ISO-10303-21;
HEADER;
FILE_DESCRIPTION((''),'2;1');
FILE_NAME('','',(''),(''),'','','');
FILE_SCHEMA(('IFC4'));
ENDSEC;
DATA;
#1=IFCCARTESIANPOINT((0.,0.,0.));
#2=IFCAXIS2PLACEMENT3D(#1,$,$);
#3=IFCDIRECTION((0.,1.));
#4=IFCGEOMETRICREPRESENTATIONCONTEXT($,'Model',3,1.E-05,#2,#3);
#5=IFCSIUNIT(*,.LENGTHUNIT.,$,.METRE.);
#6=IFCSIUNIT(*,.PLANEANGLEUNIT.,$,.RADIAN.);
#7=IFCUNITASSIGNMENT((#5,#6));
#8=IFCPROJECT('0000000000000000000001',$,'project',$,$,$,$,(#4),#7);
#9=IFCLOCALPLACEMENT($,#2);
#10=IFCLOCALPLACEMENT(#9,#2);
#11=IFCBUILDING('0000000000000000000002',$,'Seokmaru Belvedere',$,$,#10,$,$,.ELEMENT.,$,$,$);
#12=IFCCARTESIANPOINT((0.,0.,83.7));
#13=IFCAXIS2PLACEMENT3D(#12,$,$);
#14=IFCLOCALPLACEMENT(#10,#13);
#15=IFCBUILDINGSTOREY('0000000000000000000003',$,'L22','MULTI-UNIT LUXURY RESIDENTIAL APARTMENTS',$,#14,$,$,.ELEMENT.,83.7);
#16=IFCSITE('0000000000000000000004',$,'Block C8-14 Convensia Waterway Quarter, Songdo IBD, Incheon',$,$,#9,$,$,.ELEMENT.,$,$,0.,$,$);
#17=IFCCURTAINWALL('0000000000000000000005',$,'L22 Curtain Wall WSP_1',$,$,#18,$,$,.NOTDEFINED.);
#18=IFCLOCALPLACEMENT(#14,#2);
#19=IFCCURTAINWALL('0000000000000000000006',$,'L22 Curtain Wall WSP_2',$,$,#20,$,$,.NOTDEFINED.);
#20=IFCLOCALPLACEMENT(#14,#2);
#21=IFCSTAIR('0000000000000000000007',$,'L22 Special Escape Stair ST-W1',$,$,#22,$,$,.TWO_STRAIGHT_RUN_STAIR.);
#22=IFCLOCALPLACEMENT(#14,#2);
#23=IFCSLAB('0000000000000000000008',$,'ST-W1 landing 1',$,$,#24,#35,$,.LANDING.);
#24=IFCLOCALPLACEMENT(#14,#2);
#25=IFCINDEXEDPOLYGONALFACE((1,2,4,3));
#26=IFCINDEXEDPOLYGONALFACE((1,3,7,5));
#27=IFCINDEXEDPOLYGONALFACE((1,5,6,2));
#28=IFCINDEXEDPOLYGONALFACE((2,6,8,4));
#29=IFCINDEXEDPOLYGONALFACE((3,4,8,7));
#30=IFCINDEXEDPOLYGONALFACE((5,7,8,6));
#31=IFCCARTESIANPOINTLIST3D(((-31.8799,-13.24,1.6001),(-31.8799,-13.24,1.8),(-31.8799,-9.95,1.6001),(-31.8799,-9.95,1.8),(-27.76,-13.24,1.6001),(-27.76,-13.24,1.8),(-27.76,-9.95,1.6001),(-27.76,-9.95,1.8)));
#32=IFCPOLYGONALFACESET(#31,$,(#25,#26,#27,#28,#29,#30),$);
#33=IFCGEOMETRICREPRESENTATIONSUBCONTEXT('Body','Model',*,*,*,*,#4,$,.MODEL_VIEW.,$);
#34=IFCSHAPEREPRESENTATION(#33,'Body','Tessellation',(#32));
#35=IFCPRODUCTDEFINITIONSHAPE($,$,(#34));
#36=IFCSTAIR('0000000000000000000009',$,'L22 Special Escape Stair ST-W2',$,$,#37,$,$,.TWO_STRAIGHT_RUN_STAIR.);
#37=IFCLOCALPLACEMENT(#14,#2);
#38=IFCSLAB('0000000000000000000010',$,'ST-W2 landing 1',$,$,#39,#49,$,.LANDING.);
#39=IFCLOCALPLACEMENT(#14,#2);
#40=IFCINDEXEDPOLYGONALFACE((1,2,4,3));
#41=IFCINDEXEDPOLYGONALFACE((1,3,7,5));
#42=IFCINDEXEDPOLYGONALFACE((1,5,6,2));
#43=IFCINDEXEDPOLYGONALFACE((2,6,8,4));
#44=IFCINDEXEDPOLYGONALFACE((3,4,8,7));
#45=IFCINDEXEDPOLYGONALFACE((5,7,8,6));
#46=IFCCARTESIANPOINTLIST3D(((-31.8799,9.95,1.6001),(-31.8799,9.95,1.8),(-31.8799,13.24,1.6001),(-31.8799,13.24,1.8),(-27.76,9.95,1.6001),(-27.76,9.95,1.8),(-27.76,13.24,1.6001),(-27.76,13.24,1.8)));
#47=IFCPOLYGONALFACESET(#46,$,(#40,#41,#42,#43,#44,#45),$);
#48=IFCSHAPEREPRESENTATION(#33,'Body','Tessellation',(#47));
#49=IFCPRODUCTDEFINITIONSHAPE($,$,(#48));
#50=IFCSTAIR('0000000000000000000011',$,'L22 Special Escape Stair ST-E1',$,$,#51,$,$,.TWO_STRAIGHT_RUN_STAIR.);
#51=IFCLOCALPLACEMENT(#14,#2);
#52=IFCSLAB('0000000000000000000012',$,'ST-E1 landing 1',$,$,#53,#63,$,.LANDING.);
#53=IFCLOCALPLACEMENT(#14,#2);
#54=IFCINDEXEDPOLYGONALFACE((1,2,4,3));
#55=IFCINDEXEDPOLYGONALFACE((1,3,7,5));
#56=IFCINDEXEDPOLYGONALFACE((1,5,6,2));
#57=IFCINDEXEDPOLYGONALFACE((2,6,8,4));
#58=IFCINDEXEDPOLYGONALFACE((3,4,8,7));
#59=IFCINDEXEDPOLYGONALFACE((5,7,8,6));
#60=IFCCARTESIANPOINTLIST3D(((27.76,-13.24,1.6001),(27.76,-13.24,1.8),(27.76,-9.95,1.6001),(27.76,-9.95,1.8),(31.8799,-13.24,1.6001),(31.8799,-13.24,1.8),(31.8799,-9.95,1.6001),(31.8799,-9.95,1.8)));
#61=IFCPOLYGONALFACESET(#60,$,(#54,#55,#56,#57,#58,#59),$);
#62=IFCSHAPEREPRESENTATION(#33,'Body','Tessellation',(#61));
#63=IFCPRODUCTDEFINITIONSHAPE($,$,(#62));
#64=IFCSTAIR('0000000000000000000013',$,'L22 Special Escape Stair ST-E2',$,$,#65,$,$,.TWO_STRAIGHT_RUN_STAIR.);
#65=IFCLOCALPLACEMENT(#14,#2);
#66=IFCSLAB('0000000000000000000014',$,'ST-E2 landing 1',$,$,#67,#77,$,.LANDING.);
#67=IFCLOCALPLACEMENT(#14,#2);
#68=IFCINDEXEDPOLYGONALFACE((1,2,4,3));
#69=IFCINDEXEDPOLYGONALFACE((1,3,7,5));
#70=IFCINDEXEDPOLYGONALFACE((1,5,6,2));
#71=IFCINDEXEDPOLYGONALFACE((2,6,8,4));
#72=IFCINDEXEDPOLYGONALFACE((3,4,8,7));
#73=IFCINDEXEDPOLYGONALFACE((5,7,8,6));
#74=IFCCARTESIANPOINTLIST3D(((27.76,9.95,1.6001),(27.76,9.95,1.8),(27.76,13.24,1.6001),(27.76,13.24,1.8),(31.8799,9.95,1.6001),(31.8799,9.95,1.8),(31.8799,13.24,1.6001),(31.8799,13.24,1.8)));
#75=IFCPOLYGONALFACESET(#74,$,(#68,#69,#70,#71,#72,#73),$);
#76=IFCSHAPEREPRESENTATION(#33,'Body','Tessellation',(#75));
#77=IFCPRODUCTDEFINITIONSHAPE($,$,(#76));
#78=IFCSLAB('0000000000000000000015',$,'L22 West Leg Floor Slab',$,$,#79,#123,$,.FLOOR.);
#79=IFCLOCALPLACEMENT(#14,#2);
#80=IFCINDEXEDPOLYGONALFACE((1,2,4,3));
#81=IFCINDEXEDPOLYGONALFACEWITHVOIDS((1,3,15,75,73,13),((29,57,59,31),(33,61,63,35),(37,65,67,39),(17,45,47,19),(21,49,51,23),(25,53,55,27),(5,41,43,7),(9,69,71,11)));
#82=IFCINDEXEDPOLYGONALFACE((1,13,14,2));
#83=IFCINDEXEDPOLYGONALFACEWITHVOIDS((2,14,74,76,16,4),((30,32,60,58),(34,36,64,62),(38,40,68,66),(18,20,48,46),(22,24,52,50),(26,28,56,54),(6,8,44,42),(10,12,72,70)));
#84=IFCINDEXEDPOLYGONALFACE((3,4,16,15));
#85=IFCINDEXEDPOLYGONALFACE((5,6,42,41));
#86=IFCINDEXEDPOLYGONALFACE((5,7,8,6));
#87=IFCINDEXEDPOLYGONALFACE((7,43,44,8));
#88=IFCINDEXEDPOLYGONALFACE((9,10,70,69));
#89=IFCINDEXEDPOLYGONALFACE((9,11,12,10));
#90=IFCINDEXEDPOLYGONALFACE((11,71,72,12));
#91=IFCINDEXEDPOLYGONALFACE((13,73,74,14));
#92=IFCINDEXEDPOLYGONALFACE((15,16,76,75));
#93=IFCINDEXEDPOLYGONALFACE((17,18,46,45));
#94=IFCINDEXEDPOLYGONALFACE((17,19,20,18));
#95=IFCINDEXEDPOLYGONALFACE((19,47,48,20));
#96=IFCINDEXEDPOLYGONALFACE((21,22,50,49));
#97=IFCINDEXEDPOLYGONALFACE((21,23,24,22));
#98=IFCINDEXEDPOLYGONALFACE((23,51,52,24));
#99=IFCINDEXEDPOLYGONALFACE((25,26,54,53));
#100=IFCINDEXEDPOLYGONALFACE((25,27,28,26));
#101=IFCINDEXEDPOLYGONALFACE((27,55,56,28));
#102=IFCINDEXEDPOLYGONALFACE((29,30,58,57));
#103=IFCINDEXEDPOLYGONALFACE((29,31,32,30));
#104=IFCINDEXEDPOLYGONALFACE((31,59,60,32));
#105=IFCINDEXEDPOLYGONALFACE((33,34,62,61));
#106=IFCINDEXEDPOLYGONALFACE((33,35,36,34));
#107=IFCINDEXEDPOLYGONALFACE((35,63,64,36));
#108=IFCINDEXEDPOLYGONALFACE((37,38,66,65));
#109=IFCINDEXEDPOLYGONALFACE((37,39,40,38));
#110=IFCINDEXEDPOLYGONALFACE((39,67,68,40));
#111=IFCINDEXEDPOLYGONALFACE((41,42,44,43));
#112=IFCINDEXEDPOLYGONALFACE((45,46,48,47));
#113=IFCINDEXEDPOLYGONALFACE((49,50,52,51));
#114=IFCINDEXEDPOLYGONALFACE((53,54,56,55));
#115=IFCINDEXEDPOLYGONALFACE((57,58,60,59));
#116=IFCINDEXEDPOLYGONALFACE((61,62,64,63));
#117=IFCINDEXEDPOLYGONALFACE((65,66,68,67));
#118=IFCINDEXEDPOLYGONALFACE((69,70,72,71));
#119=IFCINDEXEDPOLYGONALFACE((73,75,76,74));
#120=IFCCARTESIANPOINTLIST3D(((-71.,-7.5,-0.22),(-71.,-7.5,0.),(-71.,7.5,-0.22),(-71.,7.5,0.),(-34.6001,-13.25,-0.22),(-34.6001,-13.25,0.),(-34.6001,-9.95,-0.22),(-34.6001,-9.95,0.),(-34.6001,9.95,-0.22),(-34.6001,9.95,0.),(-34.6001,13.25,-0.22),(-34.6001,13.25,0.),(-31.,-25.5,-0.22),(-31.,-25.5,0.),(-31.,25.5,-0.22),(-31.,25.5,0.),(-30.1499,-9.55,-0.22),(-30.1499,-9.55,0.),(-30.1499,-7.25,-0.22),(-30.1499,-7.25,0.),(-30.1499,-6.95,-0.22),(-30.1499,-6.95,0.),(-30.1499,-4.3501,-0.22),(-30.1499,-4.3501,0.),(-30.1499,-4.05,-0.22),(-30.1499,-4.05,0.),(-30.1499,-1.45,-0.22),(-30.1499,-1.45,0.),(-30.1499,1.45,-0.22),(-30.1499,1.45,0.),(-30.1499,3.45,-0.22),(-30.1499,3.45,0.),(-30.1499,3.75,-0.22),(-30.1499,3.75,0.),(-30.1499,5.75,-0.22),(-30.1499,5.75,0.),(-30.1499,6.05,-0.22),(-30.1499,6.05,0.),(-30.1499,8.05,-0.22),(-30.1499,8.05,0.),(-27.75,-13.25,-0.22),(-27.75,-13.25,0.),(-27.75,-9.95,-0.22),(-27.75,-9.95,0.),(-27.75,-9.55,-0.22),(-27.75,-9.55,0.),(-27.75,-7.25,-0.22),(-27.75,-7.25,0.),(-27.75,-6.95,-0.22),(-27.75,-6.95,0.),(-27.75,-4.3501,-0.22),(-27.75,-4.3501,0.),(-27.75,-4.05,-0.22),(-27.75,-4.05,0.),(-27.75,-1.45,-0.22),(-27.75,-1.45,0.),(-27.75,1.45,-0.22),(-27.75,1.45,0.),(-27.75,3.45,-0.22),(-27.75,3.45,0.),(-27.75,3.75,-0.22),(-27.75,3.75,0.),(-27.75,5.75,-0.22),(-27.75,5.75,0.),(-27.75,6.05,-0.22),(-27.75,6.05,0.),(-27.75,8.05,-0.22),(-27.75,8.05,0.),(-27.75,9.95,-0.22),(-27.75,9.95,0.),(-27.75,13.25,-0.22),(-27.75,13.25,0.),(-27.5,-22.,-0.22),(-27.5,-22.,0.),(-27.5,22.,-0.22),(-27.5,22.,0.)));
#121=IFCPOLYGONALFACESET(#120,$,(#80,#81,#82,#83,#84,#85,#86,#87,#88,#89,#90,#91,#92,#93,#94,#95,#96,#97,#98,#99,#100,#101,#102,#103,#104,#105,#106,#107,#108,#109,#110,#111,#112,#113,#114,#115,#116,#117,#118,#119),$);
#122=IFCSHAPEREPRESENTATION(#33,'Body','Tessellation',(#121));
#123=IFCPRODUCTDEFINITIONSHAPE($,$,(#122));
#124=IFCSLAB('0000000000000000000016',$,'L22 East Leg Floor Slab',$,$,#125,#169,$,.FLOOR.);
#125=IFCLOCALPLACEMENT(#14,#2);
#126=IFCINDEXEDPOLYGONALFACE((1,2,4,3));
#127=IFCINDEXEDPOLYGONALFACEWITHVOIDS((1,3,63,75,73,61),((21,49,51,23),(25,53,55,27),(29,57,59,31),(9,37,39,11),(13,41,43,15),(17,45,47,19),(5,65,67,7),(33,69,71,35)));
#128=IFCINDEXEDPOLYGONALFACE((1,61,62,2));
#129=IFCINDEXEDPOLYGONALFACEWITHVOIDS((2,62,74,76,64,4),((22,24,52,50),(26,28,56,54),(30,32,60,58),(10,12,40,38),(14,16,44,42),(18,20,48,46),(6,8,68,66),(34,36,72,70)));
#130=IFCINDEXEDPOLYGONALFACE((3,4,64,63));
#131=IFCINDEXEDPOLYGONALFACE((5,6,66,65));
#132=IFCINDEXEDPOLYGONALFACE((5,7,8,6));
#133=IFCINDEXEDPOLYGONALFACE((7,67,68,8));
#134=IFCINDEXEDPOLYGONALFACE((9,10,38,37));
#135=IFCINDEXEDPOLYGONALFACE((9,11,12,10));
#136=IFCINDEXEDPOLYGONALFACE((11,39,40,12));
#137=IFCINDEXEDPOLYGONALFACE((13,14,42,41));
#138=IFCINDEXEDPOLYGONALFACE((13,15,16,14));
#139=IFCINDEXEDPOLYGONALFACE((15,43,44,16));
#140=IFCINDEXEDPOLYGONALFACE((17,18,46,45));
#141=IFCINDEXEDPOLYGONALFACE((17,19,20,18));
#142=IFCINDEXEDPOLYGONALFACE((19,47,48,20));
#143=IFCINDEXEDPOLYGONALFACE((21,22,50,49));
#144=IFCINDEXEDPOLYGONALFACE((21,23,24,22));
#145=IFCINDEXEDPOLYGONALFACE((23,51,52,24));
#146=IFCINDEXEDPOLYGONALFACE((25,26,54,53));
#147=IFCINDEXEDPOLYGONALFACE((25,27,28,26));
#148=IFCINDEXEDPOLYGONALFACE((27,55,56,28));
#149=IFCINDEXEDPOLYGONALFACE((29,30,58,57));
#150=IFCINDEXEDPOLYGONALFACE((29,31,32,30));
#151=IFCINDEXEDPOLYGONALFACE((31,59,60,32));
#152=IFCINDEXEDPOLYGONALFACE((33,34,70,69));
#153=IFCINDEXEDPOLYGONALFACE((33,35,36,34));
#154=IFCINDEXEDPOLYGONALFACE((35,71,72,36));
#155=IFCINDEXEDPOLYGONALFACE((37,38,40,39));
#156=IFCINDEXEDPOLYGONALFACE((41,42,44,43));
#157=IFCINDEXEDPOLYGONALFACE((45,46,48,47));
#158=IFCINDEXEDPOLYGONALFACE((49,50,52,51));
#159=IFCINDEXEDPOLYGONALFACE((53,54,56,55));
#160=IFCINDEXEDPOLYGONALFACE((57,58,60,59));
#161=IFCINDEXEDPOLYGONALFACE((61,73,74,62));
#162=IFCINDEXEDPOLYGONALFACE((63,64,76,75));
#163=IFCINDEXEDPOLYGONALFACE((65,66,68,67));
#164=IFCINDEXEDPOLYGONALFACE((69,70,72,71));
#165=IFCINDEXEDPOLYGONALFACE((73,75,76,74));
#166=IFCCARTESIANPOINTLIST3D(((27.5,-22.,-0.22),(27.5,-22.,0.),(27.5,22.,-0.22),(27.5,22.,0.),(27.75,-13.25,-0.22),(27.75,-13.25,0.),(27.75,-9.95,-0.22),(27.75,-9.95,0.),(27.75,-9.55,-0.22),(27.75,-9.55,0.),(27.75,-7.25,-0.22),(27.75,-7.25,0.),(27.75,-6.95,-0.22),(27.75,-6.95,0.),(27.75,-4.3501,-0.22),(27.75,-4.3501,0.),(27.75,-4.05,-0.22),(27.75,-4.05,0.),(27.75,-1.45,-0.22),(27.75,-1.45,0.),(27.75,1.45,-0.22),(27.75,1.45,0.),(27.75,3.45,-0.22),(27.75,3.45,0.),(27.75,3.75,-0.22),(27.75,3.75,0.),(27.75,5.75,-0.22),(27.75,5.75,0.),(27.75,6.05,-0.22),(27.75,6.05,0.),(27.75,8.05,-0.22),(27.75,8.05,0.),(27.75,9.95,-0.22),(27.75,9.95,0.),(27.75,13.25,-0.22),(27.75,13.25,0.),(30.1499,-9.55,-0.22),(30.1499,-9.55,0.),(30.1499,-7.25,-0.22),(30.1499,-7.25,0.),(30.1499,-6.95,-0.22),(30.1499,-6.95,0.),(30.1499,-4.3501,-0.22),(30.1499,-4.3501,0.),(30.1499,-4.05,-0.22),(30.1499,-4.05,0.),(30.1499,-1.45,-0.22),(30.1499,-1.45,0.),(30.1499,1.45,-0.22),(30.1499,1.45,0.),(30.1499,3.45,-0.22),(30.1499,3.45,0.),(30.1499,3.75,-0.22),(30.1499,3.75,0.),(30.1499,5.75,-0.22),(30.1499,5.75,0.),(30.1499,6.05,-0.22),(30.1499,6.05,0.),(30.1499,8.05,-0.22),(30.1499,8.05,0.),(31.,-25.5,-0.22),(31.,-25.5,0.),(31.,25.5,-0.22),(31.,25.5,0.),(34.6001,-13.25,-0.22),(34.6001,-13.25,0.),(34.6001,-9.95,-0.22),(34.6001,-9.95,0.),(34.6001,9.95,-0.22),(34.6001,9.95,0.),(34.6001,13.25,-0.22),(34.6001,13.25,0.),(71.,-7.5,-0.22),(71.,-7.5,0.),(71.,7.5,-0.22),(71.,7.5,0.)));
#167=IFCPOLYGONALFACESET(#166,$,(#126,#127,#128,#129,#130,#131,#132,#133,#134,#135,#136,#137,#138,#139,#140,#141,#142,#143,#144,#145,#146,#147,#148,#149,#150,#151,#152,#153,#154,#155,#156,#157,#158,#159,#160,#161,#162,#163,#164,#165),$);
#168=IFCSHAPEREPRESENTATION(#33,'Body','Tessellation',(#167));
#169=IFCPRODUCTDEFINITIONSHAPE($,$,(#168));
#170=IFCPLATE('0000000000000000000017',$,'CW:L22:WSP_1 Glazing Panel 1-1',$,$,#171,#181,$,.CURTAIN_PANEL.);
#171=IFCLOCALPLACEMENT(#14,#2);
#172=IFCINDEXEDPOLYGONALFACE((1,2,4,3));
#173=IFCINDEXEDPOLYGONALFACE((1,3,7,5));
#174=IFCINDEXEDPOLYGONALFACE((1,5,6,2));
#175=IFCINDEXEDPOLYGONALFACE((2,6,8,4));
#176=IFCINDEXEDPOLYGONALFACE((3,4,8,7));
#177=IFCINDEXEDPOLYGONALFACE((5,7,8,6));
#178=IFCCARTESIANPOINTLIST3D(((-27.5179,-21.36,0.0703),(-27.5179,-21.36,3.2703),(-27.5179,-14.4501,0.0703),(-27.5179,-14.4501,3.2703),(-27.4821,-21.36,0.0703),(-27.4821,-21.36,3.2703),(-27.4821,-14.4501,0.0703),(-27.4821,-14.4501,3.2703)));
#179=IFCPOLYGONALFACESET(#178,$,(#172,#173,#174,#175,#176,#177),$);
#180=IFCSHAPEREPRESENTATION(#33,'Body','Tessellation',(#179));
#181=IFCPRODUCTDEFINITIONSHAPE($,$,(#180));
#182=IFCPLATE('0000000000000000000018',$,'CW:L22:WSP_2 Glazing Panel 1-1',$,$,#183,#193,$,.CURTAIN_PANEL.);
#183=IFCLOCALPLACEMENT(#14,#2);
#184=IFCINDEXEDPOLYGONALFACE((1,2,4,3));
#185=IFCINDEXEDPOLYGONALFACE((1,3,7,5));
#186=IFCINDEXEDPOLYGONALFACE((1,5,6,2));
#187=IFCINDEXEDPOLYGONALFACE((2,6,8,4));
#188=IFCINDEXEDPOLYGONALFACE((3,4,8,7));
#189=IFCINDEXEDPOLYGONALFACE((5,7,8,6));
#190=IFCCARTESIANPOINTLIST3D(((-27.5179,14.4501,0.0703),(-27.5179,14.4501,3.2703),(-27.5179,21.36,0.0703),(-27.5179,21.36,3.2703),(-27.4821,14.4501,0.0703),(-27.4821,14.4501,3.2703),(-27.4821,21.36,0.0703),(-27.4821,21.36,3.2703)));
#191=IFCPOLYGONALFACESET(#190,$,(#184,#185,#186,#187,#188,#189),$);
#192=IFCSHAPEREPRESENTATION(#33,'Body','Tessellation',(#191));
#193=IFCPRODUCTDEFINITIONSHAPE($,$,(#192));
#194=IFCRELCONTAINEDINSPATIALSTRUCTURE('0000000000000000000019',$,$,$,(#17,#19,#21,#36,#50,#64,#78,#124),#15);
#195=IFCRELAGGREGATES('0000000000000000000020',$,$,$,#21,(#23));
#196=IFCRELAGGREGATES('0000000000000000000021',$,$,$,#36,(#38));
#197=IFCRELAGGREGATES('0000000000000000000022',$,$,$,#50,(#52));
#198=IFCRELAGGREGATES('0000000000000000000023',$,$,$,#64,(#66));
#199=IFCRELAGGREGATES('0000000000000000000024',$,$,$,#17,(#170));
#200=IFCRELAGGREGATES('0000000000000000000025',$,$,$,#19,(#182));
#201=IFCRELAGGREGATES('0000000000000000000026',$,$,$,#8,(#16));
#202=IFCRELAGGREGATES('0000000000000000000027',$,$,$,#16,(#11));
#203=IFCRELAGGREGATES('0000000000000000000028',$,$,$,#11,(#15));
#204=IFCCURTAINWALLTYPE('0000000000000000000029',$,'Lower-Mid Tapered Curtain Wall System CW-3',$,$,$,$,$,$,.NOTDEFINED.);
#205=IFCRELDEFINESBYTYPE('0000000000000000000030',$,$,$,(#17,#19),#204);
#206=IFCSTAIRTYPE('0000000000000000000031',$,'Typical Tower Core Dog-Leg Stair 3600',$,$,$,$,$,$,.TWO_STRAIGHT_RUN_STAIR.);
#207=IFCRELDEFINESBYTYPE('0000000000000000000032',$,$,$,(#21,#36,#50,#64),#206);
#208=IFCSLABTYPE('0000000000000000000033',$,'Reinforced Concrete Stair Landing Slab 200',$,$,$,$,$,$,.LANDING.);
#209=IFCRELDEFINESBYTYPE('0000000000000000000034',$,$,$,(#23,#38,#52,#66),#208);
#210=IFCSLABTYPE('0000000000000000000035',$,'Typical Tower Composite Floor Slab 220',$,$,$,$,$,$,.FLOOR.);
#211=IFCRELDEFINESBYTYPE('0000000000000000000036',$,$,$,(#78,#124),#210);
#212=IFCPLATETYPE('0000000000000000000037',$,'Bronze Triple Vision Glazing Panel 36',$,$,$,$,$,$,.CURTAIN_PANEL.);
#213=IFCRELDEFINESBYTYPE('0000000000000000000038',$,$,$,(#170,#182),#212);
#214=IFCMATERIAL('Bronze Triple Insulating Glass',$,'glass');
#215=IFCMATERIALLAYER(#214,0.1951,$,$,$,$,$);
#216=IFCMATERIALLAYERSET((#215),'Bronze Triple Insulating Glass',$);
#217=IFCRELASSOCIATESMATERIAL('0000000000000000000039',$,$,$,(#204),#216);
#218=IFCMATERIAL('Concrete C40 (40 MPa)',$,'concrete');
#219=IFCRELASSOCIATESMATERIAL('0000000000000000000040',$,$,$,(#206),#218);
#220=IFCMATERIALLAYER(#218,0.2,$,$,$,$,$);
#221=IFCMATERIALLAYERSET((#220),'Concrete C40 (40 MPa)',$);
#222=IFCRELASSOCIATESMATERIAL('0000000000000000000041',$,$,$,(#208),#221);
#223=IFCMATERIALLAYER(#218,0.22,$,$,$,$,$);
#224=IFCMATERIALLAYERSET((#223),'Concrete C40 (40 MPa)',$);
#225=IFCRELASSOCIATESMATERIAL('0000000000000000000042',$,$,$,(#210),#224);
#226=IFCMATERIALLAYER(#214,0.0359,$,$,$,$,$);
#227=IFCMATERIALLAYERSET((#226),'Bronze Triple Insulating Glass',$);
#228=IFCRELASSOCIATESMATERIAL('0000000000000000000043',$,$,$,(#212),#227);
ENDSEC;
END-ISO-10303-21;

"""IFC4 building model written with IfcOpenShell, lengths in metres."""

from ifc_helpers import new_model, si_unit, direction, frame, origin, origin_2d, place, context, subcontext, project, spatial, polyline, rectangle, outline, extrude, source, transform, mapped, material, layer, layer_set, type_object, type_shapes, element, aggregate, save


model = new_model("IFC4")

# Units and contexts
model_context = context("Model", 3, precision=1e-05, world=origin(), true_north=direction((0.0, 1.0)))
body_context = subcontext(model_context, "Body", "Model", "MODEL_VIEW")
ifc_project = project(units=[si_unit("LENGTHUNIT", "METRE"), si_unit("PLANEANGLEUNIT", "RADIAN")], contexts=[model_context])

# Site, building, storey
site_placement = place(None, origin())
site = spatial("IfcSite", under=ifc_project, at=site_placement, Name="Block C8-14 Convensia Waterway Quarter, Songdo IBD, Incheon", CompositionType="ELEMENT", RefElevation=0.0)
building_placement = place(site_placement, origin())
building = spatial("IfcBuilding", under=site, at=building_placement, Name="Seokmaru Belvedere", CompositionType="ELEMENT")
storey_placement = place(building_placement, frame((0.0, 0.0, 83.7)))
storey = spatial("IfcBuildingStorey", under=building, at=storey_placement, Name="L22", Description="MULTI-UNIT LUXURY RESIDENTIAL APARTMENTS", CompositionType="ELEMENT", Elevation=83.7)

# Curtain walls
ifc_material_1 = material(Name="Bronze Triple Insulating Glass", Category="glass")
ifc_layer_1 = layer(ifc_material_1, 0.1951)
ifc_layer_set_1 = layer_set([ifc_layer_1], Name="Bronze Triple Insulating Glass")
curtain_wall_type = type_object("IfcCurtainWallType", Name="Lower-Mid Tapered Curtain Wall System CW-3", PredefinedType="NOTDEFINED", material=ifc_layer_set_1)
curtain_wall_1_placement = place(storey_placement, origin())
curtain_wall_1 = element("IfcCurtainWall", 1, at=curtain_wall_1_placement, inside=storey, type_object=curtain_wall_type, Name="L22 Curtain Wall WSP_1", PredefinedType="NOTDEFINED")
curtain_wall_2_placement = place(storey_placement, origin())
curtain_wall_2 = element("IfcCurtainWall", 2, at=curtain_wall_2_placement, inside=storey, type_object=curtain_wall_type, Name="L22 Curtain Wall WSP_2", PredefinedType="NOTDEFINED")

# Stairs, slabs
ifc_material_2 = material(Name="Concrete C40 (40 MPa)", Category="concrete")
stair_type = type_object("IfcStairType", Name="Typical Tower Core Dog-Leg Stair 3600", PredefinedType="TWO_STRAIGHT_RUN_STAIR", material=ifc_material_2)
stair_1_placement = place(storey_placement, origin())
stair_1 = element("IfcStair", 3, at=stair_1_placement, inside=storey, type_object=stair_type, Name="L22 Special Escape Stair ST-W1", PredefinedType="TWO_STRAIGHT_RUN_STAIR")
ifc_layer_2 = layer(ifc_material_2, 0.2)
ifc_layer_set_2 = layer_set([ifc_layer_2], Name="Concrete C40 (40 MPa)")
slab_type_1 = type_object("IfcSlabType", Name="Reinforced Concrete Stair Landing Slab 200", PredefinedType="LANDING", material=ifc_layer_set_2)
slab_1_placement = place(storey_placement, frame((0.0, 0.0, 1.6001)))
slab_1 = element("IfcSlab", 4, at=slab_1_placement, type_object=slab_type_1, Name="ST-W1 landing 1", PredefinedType="LANDING", context=body_context, shape_type="SweptSolid", body=[
    extrude(outline(polyline([(-31.8799, -13.24), (-27.76, -13.24), (-27.76, -9.95), (-31.8799, -9.95), (-31.8799, -13.24)])), origin(), (0.0, 0.0, 1.0), 0.2),
])
aggregate(stair_1, [slab_1])
stair_2_placement = place(storey_placement, origin())
stair_2 = element("IfcStair", 5, at=stair_2_placement, inside=storey, type_object=stair_type, Name="L22 Special Escape Stair ST-W2", PredefinedType="TWO_STRAIGHT_RUN_STAIR")
slab_2_placement = place(storey_placement, frame((0.0, 0.0, 1.6001)))
slab_2 = element("IfcSlab", 6, at=slab_2_placement, type_object=slab_type_1, Name="ST-W2 landing 1", PredefinedType="LANDING", context=body_context, shape_type="SweptSolid", body=[
    extrude(outline(polyline([(-31.8799, 9.95), (-27.76, 9.95), (-27.76, 13.24), (-31.8799, 13.24), (-31.8799, 9.95)])), origin(), (0.0, 0.0, 1.0), 0.2),
])
aggregate(stair_2, [slab_2])
stair_3_placement = place(storey_placement, origin())
stair_3 = element("IfcStair", 7, at=stair_3_placement, inside=storey, type_object=stair_type, Name="L22 Special Escape Stair ST-E1", PredefinedType="TWO_STRAIGHT_RUN_STAIR")
slab_3_placement = place(storey_placement, frame((0.0, 0.0, 1.6001)))
slab_3 = element("IfcSlab", 8, at=slab_3_placement, type_object=slab_type_1, Name="ST-E1 landing 1", PredefinedType="LANDING", context=body_context, shape_type="SweptSolid", body=[
    extrude(outline(polyline([(27.76, -13.24), (31.8799, -13.24), (31.8799, -9.95), (27.76, -9.95), (27.76, -13.24)])), origin(), (0.0, 0.0, 1.0), 0.2),
])
aggregate(stair_3, [slab_3])
stair_4_placement = place(storey_placement, origin())
stair_4 = element("IfcStair", 9, at=stair_4_placement, inside=storey, type_object=stair_type, Name="L22 Special Escape Stair ST-E2", PredefinedType="TWO_STRAIGHT_RUN_STAIR")
slab_4_placement = place(storey_placement, frame((0.0, 0.0, 1.6001)))
slab_4 = element("IfcSlab", 10, at=slab_4_placement, type_object=slab_type_1, Name="ST-E2 landing 1", PredefinedType="LANDING", context=body_context, shape_type="SweptSolid", body=[
    extrude(outline(polyline([(27.76, 9.95), (31.8799, 9.95), (31.8799, 13.24), (27.76, 13.24), (27.76, 9.95)])), origin(), (0.0, 0.0, 1.0), 0.2),
])
aggregate(stair_4, [slab_4])

# Slabs
ifc_layer_3 = layer(ifc_material_2, 0.22)
ifc_layer_set_3 = layer_set([ifc_layer_3], Name="Concrete C40 (40 MPa)")
slab_type_2 = type_object("IfcSlabType", Name="Typical Tower Composite Floor Slab 220", PredefinedType="FLOOR", material=ifc_layer_set_3)
slab_5_placement = place(storey_placement, frame((0.0, 0.0, -0.22)))
element("IfcSlab", 11, at=slab_5_placement, inside=storey, type_object=slab_type_2, Name="L22 West Leg Floor Slab", PredefinedType="FLOOR", context=body_context, shape_type="SweptSolid", body=[
    extrude(outline(polyline([(-27.5, -22.0), (-27.5, 22.0), (-31.0, 25.5), (-71.0, 7.5), (-71.0, -7.5), (-31.0, -25.5), (-27.5, -22.0)]), holes=[polyline([(-34.6001, -13.25), (-27.75, -13.25), (-27.75, -9.95), (-34.6001, -9.95), (-34.6001, -13.25)]), polyline([(-34.6001, 9.95), (-27.75, 9.95), (-27.75, 13.25), (-34.6001, 13.25), (-34.6001, 9.95)]), polyline([(-30.1499, -9.55), (-27.75, -9.55), (-27.75, -7.25), (-30.1499, -7.25), (-30.1499, -9.55)]), polyline([(-30.1499, -6.95), (-27.75, -6.95), (-27.75, -4.3501), (-30.1499, -4.3501), (-30.1499, -6.95)]), polyline([(-30.1499, -4.05), (-27.75, -4.05), (-27.75, -1.45), (-30.1499, -1.45), (-30.1499, -4.05)]), polyline([(-30.1499, 1.45), (-27.75, 1.45), (-27.75, 3.45), (-30.1499, 3.45), (-30.1499, 1.45)]), polyline([(-30.1499, 3.75), (-27.75, 3.75), (-27.75, 5.75), (-30.1499, 5.75), (-30.1499, 3.75)]), polyline([(-30.1499, 6.05), (-27.75, 6.05), (-27.75, 8.05), (-30.1499, 8.05), (-30.1499, 6.05)])]), origin(), (0.0, 0.0, 1.0), 0.22),
])
slab_6_placement = place(storey_placement, frame((0.0, 0.0, -0.22)))
element("IfcSlab", 12, at=slab_6_placement, inside=storey, type_object=slab_type_2, Name="L22 East Leg Floor Slab", PredefinedType="FLOOR", context=body_context, shape_type="SweptSolid", body=[
    extrude(outline(polyline([(31.0, -25.5), (71.0, -7.5), (71.0, 7.5), (31.0, 25.5), (27.5, 22.0), (27.5, -22.0), (31.0, -25.5)]), holes=[polyline([(27.75, -13.25), (34.6001, -13.25), (34.6001, -9.95), (27.75, -9.95), (27.75, -13.25)]), polyline([(27.75, 9.95), (34.6001, 9.95), (34.6001, 13.25), (27.75, 13.25), (27.75, 9.95)]), polyline([(27.75, -9.55), (30.1499, -9.55), (30.1499, -7.25), (27.75, -7.25), (27.75, -9.55)]), polyline([(27.75, -6.95), (30.1499, -6.95), (30.1499, -4.3501), (27.75, -4.3501), (27.75, -6.95)]), polyline([(27.75, -4.05), (30.1499, -4.05), (30.1499, -1.45), (27.75, -1.45), (27.75, -4.05)]), polyline([(27.75, 1.45), (30.1499, 1.45), (30.1499, 3.45), (27.75, 3.45), (27.75, 1.45)]), polyline([(27.75, 3.75), (30.1499, 3.75), (30.1499, 5.75), (27.75, 5.75), (27.75, 3.75)]), polyline([(27.75, 6.05), (30.1499, 6.05), (30.1499, 8.05), (27.75, 8.05), (27.75, 6.05)])]), origin(), (0.0, 0.0, 1.0), 0.22),
])

# Plates
ifc_layer_4 = layer(ifc_material_1, 0.0359)
ifc_layer_set_4 = layer_set([ifc_layer_4], Name="Bronze Triple Insulating Glass")
plate_type = type_object("IfcPlateType", Name="Bronze Triple Vision Glazing Panel 36", PredefinedType="CURTAIN_PANEL", material=ifc_layer_set_4)
shared_shape_1 = source(origin(), body_context, "Body", "SweptSolid", [
    extrude(rectangle(XDim=6.9099, YDim=0.0359, at=origin_2d()), origin(), (0.0, 0.0, 1.0), 3.2),
])
type_shapes(plate_type, [shared_shape_1])
plate_1_placement = place(storey_placement, frame((-27.5, -17.905, 0.0703), z_axis=(0.0, 0.0, 1.0), x_axis=(0.0, 1.0, 0.0)))
plate_1 = element("IfcPlate", 13, at=plate_1_placement, type_object=plate_type, Name="CW:L22:WSP_1 Glazing Panel 1-1", PredefinedType="CURTAIN_PANEL", context=body_context, shape_type="MappedRepresentation", body=[
    mapped(shared_shape_1, transform((0.0, 0.0, 0.0), scale=1.0)),
])
aggregate(curtain_wall_1, [plate_1])
plate_2_placement = place(storey_placement, frame((-27.5, 17.905, 0.0703), z_axis=(0.0, 0.0, 1.0), x_axis=(0.0, 1.0, 0.0)))
plate_2 = element("IfcPlate", 14, at=plate_2_placement, type_object=plate_type, Name="CW:L22:WSP_2 Glazing Panel 1-1", PredefinedType="CURTAIN_PANEL", context=body_context, shape_type="MappedRepresentation", body=[
    mapped(shared_shape_1, transform((0.0, 0.0, 0.0), scale=1.0)),
])
aggregate(curtain_wall_2, [plate_2])

save(model, "model.ifc")
